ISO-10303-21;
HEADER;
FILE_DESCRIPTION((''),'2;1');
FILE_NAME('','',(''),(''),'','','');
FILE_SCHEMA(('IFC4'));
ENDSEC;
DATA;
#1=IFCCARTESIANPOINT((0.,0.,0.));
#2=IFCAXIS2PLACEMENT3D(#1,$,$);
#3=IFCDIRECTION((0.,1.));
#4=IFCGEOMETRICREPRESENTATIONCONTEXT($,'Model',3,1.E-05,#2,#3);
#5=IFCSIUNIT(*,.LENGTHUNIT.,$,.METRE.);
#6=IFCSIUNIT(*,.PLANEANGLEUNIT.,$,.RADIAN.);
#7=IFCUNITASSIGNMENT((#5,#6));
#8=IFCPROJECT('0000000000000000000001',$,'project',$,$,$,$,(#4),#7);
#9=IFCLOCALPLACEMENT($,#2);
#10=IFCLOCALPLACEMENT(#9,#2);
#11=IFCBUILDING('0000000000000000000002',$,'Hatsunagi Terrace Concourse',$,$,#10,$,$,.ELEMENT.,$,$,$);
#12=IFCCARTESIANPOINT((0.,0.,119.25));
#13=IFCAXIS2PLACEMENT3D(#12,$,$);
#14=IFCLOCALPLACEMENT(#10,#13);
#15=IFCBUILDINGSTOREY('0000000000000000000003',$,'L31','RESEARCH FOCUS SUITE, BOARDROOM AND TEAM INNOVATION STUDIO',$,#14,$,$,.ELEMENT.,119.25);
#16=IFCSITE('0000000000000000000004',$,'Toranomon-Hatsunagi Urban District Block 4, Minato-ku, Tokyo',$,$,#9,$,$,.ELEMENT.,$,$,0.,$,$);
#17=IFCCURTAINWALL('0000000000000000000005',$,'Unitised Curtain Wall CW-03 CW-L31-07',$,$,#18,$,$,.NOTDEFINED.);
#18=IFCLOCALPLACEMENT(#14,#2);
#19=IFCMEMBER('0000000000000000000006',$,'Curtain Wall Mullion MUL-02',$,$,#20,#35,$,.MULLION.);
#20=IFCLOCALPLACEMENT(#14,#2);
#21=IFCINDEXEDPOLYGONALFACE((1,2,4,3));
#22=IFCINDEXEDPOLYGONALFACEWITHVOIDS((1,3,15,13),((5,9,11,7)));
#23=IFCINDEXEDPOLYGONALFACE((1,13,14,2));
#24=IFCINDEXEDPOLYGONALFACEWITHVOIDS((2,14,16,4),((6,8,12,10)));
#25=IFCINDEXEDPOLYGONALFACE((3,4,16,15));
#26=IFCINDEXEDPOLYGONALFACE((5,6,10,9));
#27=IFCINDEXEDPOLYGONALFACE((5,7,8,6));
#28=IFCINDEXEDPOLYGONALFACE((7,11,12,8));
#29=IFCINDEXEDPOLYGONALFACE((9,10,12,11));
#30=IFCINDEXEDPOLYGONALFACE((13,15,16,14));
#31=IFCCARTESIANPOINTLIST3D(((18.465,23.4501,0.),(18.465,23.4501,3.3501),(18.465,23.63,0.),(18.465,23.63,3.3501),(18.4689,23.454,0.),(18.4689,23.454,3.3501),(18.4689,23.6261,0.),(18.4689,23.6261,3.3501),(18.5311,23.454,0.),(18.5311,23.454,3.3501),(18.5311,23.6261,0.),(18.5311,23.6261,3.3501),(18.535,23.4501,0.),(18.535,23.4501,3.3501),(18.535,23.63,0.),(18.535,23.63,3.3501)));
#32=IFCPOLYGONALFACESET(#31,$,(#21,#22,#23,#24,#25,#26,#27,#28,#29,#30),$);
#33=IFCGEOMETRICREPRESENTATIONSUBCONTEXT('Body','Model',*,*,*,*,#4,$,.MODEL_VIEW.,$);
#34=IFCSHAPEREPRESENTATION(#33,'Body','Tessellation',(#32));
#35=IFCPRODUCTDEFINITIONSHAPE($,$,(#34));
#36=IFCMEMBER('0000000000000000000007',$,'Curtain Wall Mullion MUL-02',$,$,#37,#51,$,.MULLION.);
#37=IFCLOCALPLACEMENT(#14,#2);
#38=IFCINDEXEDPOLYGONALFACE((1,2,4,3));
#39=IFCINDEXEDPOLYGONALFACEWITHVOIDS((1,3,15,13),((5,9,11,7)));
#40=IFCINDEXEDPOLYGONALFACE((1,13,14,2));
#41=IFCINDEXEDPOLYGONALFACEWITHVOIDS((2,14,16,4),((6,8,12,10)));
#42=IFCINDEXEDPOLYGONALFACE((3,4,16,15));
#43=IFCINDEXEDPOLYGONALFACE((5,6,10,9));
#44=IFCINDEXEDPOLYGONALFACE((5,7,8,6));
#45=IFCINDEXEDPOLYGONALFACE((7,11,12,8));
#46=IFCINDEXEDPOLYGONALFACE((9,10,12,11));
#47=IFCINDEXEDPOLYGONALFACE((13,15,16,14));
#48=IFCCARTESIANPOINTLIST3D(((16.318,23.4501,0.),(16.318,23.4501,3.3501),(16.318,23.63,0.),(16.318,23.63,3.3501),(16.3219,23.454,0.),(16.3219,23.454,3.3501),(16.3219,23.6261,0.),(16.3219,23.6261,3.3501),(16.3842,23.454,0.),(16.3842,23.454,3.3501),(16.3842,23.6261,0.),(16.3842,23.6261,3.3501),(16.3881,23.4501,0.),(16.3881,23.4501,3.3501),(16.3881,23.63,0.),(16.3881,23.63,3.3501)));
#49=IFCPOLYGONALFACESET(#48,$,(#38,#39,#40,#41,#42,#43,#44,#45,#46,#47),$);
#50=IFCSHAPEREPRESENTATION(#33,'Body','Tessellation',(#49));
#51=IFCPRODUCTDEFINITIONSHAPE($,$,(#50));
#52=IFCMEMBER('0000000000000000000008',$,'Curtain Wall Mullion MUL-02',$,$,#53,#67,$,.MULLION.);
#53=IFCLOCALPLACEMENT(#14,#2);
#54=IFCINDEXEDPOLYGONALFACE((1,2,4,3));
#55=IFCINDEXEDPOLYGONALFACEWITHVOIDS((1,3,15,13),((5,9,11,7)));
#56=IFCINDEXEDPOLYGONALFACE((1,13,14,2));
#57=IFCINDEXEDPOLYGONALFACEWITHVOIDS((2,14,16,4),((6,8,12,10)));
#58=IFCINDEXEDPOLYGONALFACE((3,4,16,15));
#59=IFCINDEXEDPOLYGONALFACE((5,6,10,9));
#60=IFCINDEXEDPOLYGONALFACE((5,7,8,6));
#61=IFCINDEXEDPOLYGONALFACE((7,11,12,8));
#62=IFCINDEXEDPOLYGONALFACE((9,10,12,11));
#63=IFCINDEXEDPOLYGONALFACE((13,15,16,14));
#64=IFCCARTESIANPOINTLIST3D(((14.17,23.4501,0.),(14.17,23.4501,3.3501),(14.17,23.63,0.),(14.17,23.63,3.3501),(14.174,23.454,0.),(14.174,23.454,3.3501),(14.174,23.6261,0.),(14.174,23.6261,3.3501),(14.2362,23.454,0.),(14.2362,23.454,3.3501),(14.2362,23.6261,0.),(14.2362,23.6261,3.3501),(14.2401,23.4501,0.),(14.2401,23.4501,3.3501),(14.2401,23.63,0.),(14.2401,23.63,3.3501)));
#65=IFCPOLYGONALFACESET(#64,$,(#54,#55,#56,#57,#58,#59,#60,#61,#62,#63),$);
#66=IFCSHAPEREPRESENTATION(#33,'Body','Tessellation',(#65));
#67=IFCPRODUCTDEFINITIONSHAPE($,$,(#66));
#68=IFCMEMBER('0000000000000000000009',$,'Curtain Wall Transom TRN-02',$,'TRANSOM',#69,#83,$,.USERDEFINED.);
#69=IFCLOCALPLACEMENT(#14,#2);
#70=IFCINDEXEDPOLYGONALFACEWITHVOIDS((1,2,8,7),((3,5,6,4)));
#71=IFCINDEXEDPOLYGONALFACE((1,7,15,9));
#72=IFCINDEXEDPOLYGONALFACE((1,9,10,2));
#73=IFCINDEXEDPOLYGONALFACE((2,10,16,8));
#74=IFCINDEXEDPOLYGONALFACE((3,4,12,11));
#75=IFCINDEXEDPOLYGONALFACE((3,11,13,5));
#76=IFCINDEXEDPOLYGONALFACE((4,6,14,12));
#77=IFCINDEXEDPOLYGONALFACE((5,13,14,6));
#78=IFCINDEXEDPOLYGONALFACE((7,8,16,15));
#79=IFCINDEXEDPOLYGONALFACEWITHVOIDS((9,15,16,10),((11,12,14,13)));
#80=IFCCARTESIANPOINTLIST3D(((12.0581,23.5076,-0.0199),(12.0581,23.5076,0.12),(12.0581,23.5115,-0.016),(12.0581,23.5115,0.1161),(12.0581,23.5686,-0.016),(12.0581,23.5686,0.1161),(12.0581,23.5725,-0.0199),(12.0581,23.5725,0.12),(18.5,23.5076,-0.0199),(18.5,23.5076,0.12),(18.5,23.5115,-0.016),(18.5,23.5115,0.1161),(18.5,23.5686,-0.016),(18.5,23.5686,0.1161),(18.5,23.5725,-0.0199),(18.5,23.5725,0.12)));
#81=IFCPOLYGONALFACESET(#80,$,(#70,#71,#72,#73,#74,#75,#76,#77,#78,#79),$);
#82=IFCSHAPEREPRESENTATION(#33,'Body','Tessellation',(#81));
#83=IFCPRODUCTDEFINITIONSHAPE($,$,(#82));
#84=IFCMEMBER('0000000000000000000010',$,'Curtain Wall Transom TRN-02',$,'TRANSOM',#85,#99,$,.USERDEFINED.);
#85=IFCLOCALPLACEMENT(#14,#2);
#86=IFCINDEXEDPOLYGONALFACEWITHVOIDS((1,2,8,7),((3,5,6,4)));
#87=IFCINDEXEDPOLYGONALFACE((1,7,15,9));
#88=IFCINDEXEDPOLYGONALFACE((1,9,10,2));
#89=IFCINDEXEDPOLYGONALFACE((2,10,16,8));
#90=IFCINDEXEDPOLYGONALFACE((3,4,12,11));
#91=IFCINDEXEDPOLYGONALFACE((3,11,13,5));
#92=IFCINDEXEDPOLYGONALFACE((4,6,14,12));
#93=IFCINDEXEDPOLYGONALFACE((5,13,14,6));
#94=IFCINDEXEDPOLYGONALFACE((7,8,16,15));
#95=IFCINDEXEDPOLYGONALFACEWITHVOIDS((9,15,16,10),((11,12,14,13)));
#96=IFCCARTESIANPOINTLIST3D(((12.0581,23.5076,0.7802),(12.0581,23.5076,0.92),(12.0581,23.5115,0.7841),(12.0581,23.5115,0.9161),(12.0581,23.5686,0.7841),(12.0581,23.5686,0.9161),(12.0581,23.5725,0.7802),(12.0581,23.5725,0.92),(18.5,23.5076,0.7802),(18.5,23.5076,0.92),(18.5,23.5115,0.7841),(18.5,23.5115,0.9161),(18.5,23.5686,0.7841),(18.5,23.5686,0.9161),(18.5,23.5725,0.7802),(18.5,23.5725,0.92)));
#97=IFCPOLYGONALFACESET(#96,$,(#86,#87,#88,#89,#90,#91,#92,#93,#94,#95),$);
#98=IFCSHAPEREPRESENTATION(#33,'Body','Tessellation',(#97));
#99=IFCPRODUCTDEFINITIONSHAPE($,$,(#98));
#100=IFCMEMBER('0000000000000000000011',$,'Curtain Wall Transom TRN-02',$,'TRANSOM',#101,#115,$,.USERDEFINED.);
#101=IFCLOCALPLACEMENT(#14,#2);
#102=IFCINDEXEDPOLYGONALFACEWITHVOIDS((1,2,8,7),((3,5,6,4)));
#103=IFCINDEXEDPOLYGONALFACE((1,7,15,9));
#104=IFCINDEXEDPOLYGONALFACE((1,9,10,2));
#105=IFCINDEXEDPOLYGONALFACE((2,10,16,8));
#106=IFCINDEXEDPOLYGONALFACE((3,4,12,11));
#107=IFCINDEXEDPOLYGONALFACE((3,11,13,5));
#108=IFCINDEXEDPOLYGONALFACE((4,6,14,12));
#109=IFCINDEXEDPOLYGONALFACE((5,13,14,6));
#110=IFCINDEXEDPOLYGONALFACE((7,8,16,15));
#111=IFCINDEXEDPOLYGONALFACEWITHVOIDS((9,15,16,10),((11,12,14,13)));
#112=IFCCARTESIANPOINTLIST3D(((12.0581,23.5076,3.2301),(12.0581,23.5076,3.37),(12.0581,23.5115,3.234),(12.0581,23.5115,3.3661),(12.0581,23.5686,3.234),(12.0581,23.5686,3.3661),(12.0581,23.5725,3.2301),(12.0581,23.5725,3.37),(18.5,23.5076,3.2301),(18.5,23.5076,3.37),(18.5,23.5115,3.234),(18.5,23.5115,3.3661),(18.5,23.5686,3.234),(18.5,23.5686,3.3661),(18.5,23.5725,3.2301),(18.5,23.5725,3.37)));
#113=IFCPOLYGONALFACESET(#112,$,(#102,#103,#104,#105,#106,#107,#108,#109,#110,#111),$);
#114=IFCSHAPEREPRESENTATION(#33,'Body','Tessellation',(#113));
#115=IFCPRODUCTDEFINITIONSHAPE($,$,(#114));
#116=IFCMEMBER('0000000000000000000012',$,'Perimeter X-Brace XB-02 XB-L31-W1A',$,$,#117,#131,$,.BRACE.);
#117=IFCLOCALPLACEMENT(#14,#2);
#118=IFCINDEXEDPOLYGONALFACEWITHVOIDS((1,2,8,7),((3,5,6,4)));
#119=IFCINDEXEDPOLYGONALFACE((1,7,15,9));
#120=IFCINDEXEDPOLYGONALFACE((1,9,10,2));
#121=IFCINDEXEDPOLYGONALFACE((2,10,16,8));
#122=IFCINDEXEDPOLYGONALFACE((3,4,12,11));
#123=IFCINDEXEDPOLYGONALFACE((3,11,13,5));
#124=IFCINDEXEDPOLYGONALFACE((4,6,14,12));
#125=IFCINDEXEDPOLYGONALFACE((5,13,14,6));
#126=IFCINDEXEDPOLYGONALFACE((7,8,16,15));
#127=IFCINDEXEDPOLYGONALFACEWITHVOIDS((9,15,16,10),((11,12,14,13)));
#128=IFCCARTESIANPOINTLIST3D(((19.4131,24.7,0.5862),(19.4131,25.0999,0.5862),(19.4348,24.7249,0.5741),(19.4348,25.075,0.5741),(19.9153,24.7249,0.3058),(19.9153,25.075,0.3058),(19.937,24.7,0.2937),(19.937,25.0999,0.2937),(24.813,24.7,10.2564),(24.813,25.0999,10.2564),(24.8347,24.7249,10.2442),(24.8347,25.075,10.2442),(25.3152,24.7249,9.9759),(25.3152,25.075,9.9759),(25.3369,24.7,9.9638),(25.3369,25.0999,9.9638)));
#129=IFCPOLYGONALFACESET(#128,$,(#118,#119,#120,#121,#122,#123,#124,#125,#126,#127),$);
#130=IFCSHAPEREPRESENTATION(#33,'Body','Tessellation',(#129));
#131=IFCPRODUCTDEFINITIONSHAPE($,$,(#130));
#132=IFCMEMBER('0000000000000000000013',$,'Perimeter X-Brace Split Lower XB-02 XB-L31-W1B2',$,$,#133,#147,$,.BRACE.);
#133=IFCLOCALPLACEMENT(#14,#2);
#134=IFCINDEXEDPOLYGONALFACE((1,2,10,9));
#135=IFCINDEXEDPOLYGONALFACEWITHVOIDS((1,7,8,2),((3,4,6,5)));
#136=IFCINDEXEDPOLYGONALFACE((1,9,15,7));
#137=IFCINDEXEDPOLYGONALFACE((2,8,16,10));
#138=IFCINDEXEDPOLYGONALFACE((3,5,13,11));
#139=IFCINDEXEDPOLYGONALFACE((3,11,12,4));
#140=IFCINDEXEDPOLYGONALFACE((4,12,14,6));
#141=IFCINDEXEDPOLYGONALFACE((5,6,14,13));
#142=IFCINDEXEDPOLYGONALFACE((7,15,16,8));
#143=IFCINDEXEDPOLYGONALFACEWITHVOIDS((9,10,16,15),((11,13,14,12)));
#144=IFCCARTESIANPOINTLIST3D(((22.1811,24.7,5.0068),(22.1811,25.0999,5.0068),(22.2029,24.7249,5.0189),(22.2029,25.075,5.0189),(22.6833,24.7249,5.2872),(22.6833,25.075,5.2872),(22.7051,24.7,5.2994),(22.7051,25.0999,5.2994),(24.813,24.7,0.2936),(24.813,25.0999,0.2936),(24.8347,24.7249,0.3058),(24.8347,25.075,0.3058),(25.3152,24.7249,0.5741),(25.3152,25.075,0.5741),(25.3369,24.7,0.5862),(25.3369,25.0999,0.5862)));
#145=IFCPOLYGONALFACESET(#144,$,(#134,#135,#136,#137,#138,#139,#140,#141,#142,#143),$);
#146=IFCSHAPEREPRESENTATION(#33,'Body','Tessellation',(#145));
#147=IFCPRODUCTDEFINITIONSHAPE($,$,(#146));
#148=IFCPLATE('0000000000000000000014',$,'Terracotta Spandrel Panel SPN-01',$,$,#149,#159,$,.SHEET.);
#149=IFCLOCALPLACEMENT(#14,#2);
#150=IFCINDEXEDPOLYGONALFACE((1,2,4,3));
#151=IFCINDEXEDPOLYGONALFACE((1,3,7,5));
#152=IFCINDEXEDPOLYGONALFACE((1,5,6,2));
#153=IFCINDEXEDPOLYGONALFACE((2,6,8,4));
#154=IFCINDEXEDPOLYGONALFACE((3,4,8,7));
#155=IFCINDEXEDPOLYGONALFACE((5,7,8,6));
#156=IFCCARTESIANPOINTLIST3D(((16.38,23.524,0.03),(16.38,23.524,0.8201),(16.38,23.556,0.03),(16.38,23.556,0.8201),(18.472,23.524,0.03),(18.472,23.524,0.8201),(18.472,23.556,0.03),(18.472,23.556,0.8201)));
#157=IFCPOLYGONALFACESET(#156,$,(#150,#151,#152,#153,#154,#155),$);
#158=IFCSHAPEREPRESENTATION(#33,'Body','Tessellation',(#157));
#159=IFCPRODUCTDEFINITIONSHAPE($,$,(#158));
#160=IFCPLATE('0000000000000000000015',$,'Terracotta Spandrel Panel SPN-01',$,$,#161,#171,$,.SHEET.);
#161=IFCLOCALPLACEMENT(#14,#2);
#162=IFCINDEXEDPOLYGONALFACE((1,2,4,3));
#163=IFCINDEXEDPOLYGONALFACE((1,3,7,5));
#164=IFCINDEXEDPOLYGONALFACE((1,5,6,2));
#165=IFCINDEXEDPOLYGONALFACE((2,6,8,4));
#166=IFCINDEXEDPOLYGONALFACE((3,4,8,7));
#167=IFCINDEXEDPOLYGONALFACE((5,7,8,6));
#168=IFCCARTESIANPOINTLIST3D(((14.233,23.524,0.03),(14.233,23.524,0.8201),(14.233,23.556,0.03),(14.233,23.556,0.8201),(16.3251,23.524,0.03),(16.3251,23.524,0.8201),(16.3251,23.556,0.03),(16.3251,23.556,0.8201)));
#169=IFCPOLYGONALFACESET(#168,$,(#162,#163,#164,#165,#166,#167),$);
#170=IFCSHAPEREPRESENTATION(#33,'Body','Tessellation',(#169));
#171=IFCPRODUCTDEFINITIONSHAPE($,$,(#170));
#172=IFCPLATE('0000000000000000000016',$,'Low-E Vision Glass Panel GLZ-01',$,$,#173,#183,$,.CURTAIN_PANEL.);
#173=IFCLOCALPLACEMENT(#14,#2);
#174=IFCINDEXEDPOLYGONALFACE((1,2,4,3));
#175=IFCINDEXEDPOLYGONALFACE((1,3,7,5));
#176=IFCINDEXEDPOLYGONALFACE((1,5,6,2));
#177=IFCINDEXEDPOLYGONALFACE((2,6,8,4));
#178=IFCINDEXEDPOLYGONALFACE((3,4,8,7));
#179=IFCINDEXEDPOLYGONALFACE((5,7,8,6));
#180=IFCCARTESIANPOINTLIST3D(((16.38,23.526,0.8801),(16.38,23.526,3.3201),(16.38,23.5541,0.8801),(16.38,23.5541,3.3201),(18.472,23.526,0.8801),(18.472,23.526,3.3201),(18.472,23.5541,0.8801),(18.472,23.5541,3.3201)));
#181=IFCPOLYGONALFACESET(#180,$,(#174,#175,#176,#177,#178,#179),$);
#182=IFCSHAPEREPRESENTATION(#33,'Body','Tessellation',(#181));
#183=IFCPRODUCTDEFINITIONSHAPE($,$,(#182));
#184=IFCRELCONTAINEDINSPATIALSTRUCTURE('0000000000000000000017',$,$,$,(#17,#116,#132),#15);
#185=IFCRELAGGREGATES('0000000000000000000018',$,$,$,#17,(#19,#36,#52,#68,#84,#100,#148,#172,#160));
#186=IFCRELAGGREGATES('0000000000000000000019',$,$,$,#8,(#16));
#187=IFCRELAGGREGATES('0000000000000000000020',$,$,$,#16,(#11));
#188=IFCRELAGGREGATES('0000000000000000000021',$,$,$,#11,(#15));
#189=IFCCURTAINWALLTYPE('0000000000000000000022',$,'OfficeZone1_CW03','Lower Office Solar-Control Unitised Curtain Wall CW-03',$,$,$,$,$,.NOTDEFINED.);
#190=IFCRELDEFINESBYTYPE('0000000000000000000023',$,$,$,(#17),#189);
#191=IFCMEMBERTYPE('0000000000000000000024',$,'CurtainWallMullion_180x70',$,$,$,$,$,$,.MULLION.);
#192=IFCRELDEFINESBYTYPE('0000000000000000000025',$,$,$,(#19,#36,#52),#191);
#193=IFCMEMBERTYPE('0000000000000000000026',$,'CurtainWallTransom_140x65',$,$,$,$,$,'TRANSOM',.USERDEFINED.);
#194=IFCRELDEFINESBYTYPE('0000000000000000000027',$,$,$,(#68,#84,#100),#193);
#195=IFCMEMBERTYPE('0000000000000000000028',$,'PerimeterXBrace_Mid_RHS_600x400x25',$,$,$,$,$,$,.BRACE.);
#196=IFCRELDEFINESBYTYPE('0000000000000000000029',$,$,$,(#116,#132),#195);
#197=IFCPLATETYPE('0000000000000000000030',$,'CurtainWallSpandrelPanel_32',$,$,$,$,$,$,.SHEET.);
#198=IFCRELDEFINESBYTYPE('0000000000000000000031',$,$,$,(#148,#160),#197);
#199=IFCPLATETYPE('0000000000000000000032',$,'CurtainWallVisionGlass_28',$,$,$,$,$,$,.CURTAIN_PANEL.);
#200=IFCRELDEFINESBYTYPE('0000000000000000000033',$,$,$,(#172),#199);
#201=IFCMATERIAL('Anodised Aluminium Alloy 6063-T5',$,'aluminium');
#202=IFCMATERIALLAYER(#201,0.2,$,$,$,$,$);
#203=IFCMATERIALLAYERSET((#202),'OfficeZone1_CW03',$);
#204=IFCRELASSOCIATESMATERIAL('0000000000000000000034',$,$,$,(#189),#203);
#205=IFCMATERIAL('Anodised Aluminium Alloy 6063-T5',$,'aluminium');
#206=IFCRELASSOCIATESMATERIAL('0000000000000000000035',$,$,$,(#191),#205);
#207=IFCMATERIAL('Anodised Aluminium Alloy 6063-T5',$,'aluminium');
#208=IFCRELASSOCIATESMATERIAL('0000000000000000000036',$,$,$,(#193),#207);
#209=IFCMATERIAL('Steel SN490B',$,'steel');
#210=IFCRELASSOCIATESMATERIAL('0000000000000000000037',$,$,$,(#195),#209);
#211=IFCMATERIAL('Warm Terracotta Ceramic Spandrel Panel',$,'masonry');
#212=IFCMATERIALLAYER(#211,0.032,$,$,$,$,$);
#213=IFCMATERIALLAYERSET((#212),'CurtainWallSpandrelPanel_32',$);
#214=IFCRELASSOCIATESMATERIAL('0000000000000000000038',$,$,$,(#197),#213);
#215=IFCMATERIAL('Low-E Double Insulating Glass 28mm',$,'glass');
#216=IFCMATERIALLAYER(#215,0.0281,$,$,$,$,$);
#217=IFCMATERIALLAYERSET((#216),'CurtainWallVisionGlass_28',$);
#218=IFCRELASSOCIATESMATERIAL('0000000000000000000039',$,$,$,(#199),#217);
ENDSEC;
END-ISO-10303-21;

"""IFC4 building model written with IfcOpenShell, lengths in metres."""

from ifc_helpers import new_model, si_unit, direction, frame, origin, origin_2d, place, context, subcontext, project, spatial, rectangle, hollow_rectangle, extrude, material, layer, layer_set, material_profile, profile_set, type_object, element, aggregate, save


model = new_model("IFC4")

# Units and contexts
model_context = context("Model", 3, precision=1e-05, world=origin(), true_north=direction((0.0, 1.0)))
body_context = subcontext(model_context, "Body", "Model", "MODEL_VIEW")
ifc_project = project(units=[si_unit("LENGTHUNIT", "METRE"), si_unit("PLANEANGLEUNIT", "RADIAN")], contexts=[model_context])

# Site, building, storey
site_placement = place(None, origin())
site = spatial("IfcSite", under=ifc_project, at=site_placement, Name="Toranomon-Hatsunagi Urban District Block 4, Minato-ku, Tokyo", CompositionType="ELEMENT", RefElevation=0.0)
building_placement = place(site_placement, origin())
building = spatial("IfcBuilding", under=site, at=building_placement, Name="Hatsunagi Terrace Concourse", CompositionType="ELEMENT")
storey_placement = place(building_placement, frame((0.0, 0.0, 119.25)))
storey = spatial("IfcBuildingStorey", under=building, at=storey_placement, Name="L31", Description="RESEARCH FOCUS SUITE, BOARDROOM AND TEAM INNOVATION STUDIO", CompositionType="ELEMENT", Elevation=119.25)

# Curtain wall, members
ifc_material_1 = material(Name="Anodised Aluminium Alloy 6063-T5", Category="aluminium")
ifc_layer_1 = layer(ifc_material_1, 0.2)
ifc_layer_set_1 = layer_set([ifc_layer_1], Name="OfficeZone1_CW03")
curtain_wall_type = type_object("IfcCurtainWallType", Name="OfficeZone1_CW03", Description="Lower Office Solar-Control Unitised Curtain Wall CW-03", PredefinedType="NOTDEFINED", material=ifc_layer_set_1)
curtain_wall_placement = place(storey_placement, origin())
curtain_wall = element("IfcCurtainWall", 1, at=curtain_wall_placement, inside=storey, type_object=curtain_wall_type, Name="Unitised Curtain Wall CW-03 CW-L31-07", PredefinedType="NOTDEFINED")
ifc_material_2 = material(Name="Anodised Aluminium Alloy 6063-T5", Category="aluminium")
ifc_material_profile_1 = material_profile(ifc_material_2, hollow_rectangle(XDim=0.0701, YDim=0.1799, WallThickness=0.0039, at=origin_2d()), Name="ALU-MUL-180x70x4")
ifc_profile_set_1 = profile_set([ifc_material_profile_1], Name="Anodised Aluminium Alloy 6063-T5")
member_type_1 = type_object("IfcMemberType", Name="CurtainWallMullion_180x70", PredefinedType="MULLION", material=ifc_profile_set_1)
member_1_placement = place(storey_placement, frame((18.5, 23.54, 0.0), z_axis=(0.0, 0.0, 1.0), x_axis=(-1.0, 0.0, 0.0)))
member_1 = element("IfcMember", 2, at=member_1_placement, type_object=member_type_1, Name="Curtain Wall Mullion MUL-02", PredefinedType="MULLION", context=body_context, shape_type="SweptSolid", body=[
    extrude(hollow_rectangle(XDim=0.0701, YDim=0.1799, WallThickness=0.0039, at=origin_2d()), origin(), (0.0, 0.0, 1.0), 3.3501),
])
member_2_placement = place(storey_placement, frame((16.353, 23.54, 0.0), z_axis=(0.0, 0.0, 1.0), x_axis=(-1.0, 0.0, 0.0)))
member_2 = element("IfcMember", 3, at=member_2_placement, type_object=member_type_1, Name="Curtain Wall Mullion MUL-02", PredefinedType="MULLION", context=body_context, shape_type="SweptSolid", body=[
    extrude(hollow_rectangle(XDim=0.0701, YDim=0.1799, WallThickness=0.0039, at=origin_2d()), origin(), (0.0, 0.0, 1.0), 3.3501),
])
member_3_placement = place(storey_placement, frame((14.2051, 23.54, 0.0), z_axis=(0.0, 0.0, 1.0), x_axis=(-1.0, 0.0, 0.0)))
member_3 = element("IfcMember", 4, at=member_3_placement, type_object=member_type_1, Name="Curtain Wall Mullion MUL-02", PredefinedType="MULLION", context=body_context, shape_type="SweptSolid", body=[
    extrude(hollow_rectangle(XDim=0.0701, YDim=0.1799, WallThickness=0.0039, at=origin_2d()), origin(), (0.0, 0.0, 1.0), 3.3501),
])
ifc_material_3 = material(Name="Anodised Aluminium Alloy 6063-T5", Category="aluminium")
ifc_material_profile_2 = material_profile(ifc_material_3, hollow_rectangle(XDim=0.0649, YDim=0.1399, WallThickness=0.0039, at=origin_2d()), Name="ALU-TRN-140x65x4")
ifc_profile_set_2 = profile_set([ifc_material_profile_2], Name="Anodised Aluminium Alloy 6063-T5")
member_type_2 = type_object("IfcMemberType", Name="CurtainWallTransom_140x65", ElementType="TRANSOM", PredefinedType="USERDEFINED", material=ifc_profile_set_2)
member_4_placement = place(storey_placement, frame((18.5, 23.54, 0.05), z_axis=(-1.0, 0.0, 0.0), x_axis=(0.0, -1.0, 0.0)))
member_4 = element("IfcMember", 5, at=member_4_placement, type_object=member_type_2, Name="Curtain Wall Transom TRN-02", ObjectType="TRANSOM", PredefinedType="USERDEFINED", context=body_context, shape_type="SweptSolid", body=[
    extrude(hollow_rectangle(XDim=0.0649, YDim=0.1399, WallThickness=0.0039, at=origin_2d()), origin(), (0.0, 0.0, 1.0), 6.4419),
])
member_5_placement = place(storey_placement, frame((18.5, 23.54, 0.8501), z_axis=(-1.0, 0.0, 0.0), x_axis=(0.0, -1.0, 0.0)))
member_5 = element("IfcMember", 6, at=member_5_placement, type_object=member_type_2, Name="Curtain Wall Transom TRN-02", ObjectType="TRANSOM", PredefinedType="USERDEFINED", context=body_context, shape_type="SweptSolid", body=[
    extrude(hollow_rectangle(XDim=0.0649, YDim=0.1399, WallThickness=0.0039, at=origin_2d()), origin(), (0.0, 0.0, 1.0), 6.4419),
])
member_6_placement = place(storey_placement, frame((18.5, 23.54, 3.3), z_axis=(-1.0, 0.0, 0.0), x_axis=(0.0, -1.0, 0.0)))
member_6 = element("IfcMember", 7, at=member_6_placement, type_object=member_type_2, Name="Curtain Wall Transom TRN-02", ObjectType="TRANSOM", PredefinedType="USERDEFINED", context=body_context, shape_type="SweptSolid", body=[
    extrude(hollow_rectangle(XDim=0.0649, YDim=0.1399, WallThickness=0.0039, at=origin_2d()), origin(), (0.0, 0.0, 1.0), 6.4419),
])

# Members
ifc_material_4 = material(Name="Steel SN490B", Category="steel")
ifc_material_profile_3 = material_profile(ifc_material_4, hollow_rectangle(XDim=0.3999, YDim=0.6001, WallThickness=0.0249, at=origin_2d()), Name="RHS-600x400x25")
ifc_profile_set_3 = profile_set([ifc_material_profile_3], Name="Steel SN490B")
member_type_3 = type_object("IfcMemberType", Name="PerimeterXBrace_Mid_RHS_600x400x25", PredefinedType="BRACE", material=ifc_profile_set_3)
member_7_placement = place(storey_placement, frame((19.675, 24.8999, 0.4399), z_axis=(0.487545, 0.0, 0.873098), x_axis=(0.0, 1.0, 0.0)))
element("IfcMember", 8, at=member_7_placement, inside=storey, type_object=member_type_3, Name="Perimeter X-Brace XB-02 XB-L31-W1A", PredefinedType="BRACE", context=body_context, shape_type="SweptSolid", body=[
    extrude(hollow_rectangle(XDim=0.3999, YDim=0.6001, WallThickness=0.0249, at=origin_2d()), origin(), (0.0, 0.0, 1.0), 11.0757),
])
member_8_placement = place(storey_placement, frame((22.4431, 24.8999, 5.1531), z_axis=(0.487543, 0.0, -0.873099), x_axis=(0.0, 1.0, 0.0)))
element("IfcMember", 9, at=member_8_placement, inside=storey, type_object=member_type_3, Name="Perimeter X-Brace Split Lower XB-02 XB-L31-W1B2", PredefinedType="BRACE", context=body_context, shape_type="SweptSolid", body=[
    extrude(hollow_rectangle(XDim=0.3999, YDim=0.6001, WallThickness=0.0249, at=origin_2d()), origin(), (0.0, 0.0, 1.0), 5.3982),
])

# Plates
ifc_material_5 = material(Name="Warm Terracotta Ceramic Spandrel Panel", Category="masonry")
ifc_layer_2 = layer(ifc_material_5, 0.032)
ifc_layer_set_2 = layer_set([ifc_layer_2], Name="CurtainWallSpandrelPanel_32")
plate_type_1 = type_object("IfcPlateType", Name="CurtainWallSpandrelPanel_32", PredefinedType="SHEET", material=ifc_layer_set_2)
plate_1_placement = place(storey_placement, frame((17.426, 23.54, 0.03), z_axis=(0.0, 0.0, 1.0), x_axis=(-1.0, 0.0, 0.0)))
plate_1 = element("IfcPlate", 10, at=plate_1_placement, type_object=plate_type_1, Name="Terracotta Spandrel Panel SPN-01", PredefinedType="SHEET", context=body_context, shape_type="SweptSolid", body=[
    extrude(rectangle(XDim=2.092, YDim=0.032, at=origin_2d()), origin(), (0.0, 0.0, 1.0), 0.79),
])
plate_2_placement = place(storey_placement, frame((15.2791, 23.54, 0.03), z_axis=(0.0, 0.0, 1.0), x_axis=(-1.0, 0.0, 0.0)))
plate_2 = element("IfcPlate", 11, at=plate_2_placement, type_object=plate_type_1, Name="Terracotta Spandrel Panel SPN-01", PredefinedType="SHEET", context=body_context, shape_type="SweptSolid", body=[
    extrude(rectangle(XDim=2.092, YDim=0.032, at=origin_2d()), origin(), (0.0, 0.0, 1.0), 0.79),
])
ifc_material_6 = material(Name="Low-E Double Insulating Glass 28mm", Category="glass")
ifc_layer_3 = layer(ifc_material_6, 0.0281)
ifc_layer_set_3 = layer_set([ifc_layer_3], Name="CurtainWallVisionGlass_28")
plate_type_2 = type_object("IfcPlateType", Name="CurtainWallVisionGlass_28", PredefinedType="CURTAIN_PANEL", material=ifc_layer_set_3)
plate_3_placement = place(storey_placement, frame((17.426, 23.54, 0.8801), z_axis=(0.0, 0.0, 1.0), x_axis=(-1.0, 0.0, 0.0)))
plate_3 = element("IfcPlate", 12, at=plate_3_placement, type_object=plate_type_2, Name="Low-E Vision Glass Panel GLZ-01", PredefinedType="CURTAIN_PANEL", context=body_context, shape_type="SweptSolid", body=[
    extrude(rectangle(XDim=2.092, YDim=0.0281, at=origin_2d()), origin(), (0.0, 0.0, 1.0), 2.4399),
])
aggregate(curtain_wall, [member_1, member_2, member_3, member_4, member_5, member_6, plate_1, plate_3, plate_2])

save(model, "model.ifc")
